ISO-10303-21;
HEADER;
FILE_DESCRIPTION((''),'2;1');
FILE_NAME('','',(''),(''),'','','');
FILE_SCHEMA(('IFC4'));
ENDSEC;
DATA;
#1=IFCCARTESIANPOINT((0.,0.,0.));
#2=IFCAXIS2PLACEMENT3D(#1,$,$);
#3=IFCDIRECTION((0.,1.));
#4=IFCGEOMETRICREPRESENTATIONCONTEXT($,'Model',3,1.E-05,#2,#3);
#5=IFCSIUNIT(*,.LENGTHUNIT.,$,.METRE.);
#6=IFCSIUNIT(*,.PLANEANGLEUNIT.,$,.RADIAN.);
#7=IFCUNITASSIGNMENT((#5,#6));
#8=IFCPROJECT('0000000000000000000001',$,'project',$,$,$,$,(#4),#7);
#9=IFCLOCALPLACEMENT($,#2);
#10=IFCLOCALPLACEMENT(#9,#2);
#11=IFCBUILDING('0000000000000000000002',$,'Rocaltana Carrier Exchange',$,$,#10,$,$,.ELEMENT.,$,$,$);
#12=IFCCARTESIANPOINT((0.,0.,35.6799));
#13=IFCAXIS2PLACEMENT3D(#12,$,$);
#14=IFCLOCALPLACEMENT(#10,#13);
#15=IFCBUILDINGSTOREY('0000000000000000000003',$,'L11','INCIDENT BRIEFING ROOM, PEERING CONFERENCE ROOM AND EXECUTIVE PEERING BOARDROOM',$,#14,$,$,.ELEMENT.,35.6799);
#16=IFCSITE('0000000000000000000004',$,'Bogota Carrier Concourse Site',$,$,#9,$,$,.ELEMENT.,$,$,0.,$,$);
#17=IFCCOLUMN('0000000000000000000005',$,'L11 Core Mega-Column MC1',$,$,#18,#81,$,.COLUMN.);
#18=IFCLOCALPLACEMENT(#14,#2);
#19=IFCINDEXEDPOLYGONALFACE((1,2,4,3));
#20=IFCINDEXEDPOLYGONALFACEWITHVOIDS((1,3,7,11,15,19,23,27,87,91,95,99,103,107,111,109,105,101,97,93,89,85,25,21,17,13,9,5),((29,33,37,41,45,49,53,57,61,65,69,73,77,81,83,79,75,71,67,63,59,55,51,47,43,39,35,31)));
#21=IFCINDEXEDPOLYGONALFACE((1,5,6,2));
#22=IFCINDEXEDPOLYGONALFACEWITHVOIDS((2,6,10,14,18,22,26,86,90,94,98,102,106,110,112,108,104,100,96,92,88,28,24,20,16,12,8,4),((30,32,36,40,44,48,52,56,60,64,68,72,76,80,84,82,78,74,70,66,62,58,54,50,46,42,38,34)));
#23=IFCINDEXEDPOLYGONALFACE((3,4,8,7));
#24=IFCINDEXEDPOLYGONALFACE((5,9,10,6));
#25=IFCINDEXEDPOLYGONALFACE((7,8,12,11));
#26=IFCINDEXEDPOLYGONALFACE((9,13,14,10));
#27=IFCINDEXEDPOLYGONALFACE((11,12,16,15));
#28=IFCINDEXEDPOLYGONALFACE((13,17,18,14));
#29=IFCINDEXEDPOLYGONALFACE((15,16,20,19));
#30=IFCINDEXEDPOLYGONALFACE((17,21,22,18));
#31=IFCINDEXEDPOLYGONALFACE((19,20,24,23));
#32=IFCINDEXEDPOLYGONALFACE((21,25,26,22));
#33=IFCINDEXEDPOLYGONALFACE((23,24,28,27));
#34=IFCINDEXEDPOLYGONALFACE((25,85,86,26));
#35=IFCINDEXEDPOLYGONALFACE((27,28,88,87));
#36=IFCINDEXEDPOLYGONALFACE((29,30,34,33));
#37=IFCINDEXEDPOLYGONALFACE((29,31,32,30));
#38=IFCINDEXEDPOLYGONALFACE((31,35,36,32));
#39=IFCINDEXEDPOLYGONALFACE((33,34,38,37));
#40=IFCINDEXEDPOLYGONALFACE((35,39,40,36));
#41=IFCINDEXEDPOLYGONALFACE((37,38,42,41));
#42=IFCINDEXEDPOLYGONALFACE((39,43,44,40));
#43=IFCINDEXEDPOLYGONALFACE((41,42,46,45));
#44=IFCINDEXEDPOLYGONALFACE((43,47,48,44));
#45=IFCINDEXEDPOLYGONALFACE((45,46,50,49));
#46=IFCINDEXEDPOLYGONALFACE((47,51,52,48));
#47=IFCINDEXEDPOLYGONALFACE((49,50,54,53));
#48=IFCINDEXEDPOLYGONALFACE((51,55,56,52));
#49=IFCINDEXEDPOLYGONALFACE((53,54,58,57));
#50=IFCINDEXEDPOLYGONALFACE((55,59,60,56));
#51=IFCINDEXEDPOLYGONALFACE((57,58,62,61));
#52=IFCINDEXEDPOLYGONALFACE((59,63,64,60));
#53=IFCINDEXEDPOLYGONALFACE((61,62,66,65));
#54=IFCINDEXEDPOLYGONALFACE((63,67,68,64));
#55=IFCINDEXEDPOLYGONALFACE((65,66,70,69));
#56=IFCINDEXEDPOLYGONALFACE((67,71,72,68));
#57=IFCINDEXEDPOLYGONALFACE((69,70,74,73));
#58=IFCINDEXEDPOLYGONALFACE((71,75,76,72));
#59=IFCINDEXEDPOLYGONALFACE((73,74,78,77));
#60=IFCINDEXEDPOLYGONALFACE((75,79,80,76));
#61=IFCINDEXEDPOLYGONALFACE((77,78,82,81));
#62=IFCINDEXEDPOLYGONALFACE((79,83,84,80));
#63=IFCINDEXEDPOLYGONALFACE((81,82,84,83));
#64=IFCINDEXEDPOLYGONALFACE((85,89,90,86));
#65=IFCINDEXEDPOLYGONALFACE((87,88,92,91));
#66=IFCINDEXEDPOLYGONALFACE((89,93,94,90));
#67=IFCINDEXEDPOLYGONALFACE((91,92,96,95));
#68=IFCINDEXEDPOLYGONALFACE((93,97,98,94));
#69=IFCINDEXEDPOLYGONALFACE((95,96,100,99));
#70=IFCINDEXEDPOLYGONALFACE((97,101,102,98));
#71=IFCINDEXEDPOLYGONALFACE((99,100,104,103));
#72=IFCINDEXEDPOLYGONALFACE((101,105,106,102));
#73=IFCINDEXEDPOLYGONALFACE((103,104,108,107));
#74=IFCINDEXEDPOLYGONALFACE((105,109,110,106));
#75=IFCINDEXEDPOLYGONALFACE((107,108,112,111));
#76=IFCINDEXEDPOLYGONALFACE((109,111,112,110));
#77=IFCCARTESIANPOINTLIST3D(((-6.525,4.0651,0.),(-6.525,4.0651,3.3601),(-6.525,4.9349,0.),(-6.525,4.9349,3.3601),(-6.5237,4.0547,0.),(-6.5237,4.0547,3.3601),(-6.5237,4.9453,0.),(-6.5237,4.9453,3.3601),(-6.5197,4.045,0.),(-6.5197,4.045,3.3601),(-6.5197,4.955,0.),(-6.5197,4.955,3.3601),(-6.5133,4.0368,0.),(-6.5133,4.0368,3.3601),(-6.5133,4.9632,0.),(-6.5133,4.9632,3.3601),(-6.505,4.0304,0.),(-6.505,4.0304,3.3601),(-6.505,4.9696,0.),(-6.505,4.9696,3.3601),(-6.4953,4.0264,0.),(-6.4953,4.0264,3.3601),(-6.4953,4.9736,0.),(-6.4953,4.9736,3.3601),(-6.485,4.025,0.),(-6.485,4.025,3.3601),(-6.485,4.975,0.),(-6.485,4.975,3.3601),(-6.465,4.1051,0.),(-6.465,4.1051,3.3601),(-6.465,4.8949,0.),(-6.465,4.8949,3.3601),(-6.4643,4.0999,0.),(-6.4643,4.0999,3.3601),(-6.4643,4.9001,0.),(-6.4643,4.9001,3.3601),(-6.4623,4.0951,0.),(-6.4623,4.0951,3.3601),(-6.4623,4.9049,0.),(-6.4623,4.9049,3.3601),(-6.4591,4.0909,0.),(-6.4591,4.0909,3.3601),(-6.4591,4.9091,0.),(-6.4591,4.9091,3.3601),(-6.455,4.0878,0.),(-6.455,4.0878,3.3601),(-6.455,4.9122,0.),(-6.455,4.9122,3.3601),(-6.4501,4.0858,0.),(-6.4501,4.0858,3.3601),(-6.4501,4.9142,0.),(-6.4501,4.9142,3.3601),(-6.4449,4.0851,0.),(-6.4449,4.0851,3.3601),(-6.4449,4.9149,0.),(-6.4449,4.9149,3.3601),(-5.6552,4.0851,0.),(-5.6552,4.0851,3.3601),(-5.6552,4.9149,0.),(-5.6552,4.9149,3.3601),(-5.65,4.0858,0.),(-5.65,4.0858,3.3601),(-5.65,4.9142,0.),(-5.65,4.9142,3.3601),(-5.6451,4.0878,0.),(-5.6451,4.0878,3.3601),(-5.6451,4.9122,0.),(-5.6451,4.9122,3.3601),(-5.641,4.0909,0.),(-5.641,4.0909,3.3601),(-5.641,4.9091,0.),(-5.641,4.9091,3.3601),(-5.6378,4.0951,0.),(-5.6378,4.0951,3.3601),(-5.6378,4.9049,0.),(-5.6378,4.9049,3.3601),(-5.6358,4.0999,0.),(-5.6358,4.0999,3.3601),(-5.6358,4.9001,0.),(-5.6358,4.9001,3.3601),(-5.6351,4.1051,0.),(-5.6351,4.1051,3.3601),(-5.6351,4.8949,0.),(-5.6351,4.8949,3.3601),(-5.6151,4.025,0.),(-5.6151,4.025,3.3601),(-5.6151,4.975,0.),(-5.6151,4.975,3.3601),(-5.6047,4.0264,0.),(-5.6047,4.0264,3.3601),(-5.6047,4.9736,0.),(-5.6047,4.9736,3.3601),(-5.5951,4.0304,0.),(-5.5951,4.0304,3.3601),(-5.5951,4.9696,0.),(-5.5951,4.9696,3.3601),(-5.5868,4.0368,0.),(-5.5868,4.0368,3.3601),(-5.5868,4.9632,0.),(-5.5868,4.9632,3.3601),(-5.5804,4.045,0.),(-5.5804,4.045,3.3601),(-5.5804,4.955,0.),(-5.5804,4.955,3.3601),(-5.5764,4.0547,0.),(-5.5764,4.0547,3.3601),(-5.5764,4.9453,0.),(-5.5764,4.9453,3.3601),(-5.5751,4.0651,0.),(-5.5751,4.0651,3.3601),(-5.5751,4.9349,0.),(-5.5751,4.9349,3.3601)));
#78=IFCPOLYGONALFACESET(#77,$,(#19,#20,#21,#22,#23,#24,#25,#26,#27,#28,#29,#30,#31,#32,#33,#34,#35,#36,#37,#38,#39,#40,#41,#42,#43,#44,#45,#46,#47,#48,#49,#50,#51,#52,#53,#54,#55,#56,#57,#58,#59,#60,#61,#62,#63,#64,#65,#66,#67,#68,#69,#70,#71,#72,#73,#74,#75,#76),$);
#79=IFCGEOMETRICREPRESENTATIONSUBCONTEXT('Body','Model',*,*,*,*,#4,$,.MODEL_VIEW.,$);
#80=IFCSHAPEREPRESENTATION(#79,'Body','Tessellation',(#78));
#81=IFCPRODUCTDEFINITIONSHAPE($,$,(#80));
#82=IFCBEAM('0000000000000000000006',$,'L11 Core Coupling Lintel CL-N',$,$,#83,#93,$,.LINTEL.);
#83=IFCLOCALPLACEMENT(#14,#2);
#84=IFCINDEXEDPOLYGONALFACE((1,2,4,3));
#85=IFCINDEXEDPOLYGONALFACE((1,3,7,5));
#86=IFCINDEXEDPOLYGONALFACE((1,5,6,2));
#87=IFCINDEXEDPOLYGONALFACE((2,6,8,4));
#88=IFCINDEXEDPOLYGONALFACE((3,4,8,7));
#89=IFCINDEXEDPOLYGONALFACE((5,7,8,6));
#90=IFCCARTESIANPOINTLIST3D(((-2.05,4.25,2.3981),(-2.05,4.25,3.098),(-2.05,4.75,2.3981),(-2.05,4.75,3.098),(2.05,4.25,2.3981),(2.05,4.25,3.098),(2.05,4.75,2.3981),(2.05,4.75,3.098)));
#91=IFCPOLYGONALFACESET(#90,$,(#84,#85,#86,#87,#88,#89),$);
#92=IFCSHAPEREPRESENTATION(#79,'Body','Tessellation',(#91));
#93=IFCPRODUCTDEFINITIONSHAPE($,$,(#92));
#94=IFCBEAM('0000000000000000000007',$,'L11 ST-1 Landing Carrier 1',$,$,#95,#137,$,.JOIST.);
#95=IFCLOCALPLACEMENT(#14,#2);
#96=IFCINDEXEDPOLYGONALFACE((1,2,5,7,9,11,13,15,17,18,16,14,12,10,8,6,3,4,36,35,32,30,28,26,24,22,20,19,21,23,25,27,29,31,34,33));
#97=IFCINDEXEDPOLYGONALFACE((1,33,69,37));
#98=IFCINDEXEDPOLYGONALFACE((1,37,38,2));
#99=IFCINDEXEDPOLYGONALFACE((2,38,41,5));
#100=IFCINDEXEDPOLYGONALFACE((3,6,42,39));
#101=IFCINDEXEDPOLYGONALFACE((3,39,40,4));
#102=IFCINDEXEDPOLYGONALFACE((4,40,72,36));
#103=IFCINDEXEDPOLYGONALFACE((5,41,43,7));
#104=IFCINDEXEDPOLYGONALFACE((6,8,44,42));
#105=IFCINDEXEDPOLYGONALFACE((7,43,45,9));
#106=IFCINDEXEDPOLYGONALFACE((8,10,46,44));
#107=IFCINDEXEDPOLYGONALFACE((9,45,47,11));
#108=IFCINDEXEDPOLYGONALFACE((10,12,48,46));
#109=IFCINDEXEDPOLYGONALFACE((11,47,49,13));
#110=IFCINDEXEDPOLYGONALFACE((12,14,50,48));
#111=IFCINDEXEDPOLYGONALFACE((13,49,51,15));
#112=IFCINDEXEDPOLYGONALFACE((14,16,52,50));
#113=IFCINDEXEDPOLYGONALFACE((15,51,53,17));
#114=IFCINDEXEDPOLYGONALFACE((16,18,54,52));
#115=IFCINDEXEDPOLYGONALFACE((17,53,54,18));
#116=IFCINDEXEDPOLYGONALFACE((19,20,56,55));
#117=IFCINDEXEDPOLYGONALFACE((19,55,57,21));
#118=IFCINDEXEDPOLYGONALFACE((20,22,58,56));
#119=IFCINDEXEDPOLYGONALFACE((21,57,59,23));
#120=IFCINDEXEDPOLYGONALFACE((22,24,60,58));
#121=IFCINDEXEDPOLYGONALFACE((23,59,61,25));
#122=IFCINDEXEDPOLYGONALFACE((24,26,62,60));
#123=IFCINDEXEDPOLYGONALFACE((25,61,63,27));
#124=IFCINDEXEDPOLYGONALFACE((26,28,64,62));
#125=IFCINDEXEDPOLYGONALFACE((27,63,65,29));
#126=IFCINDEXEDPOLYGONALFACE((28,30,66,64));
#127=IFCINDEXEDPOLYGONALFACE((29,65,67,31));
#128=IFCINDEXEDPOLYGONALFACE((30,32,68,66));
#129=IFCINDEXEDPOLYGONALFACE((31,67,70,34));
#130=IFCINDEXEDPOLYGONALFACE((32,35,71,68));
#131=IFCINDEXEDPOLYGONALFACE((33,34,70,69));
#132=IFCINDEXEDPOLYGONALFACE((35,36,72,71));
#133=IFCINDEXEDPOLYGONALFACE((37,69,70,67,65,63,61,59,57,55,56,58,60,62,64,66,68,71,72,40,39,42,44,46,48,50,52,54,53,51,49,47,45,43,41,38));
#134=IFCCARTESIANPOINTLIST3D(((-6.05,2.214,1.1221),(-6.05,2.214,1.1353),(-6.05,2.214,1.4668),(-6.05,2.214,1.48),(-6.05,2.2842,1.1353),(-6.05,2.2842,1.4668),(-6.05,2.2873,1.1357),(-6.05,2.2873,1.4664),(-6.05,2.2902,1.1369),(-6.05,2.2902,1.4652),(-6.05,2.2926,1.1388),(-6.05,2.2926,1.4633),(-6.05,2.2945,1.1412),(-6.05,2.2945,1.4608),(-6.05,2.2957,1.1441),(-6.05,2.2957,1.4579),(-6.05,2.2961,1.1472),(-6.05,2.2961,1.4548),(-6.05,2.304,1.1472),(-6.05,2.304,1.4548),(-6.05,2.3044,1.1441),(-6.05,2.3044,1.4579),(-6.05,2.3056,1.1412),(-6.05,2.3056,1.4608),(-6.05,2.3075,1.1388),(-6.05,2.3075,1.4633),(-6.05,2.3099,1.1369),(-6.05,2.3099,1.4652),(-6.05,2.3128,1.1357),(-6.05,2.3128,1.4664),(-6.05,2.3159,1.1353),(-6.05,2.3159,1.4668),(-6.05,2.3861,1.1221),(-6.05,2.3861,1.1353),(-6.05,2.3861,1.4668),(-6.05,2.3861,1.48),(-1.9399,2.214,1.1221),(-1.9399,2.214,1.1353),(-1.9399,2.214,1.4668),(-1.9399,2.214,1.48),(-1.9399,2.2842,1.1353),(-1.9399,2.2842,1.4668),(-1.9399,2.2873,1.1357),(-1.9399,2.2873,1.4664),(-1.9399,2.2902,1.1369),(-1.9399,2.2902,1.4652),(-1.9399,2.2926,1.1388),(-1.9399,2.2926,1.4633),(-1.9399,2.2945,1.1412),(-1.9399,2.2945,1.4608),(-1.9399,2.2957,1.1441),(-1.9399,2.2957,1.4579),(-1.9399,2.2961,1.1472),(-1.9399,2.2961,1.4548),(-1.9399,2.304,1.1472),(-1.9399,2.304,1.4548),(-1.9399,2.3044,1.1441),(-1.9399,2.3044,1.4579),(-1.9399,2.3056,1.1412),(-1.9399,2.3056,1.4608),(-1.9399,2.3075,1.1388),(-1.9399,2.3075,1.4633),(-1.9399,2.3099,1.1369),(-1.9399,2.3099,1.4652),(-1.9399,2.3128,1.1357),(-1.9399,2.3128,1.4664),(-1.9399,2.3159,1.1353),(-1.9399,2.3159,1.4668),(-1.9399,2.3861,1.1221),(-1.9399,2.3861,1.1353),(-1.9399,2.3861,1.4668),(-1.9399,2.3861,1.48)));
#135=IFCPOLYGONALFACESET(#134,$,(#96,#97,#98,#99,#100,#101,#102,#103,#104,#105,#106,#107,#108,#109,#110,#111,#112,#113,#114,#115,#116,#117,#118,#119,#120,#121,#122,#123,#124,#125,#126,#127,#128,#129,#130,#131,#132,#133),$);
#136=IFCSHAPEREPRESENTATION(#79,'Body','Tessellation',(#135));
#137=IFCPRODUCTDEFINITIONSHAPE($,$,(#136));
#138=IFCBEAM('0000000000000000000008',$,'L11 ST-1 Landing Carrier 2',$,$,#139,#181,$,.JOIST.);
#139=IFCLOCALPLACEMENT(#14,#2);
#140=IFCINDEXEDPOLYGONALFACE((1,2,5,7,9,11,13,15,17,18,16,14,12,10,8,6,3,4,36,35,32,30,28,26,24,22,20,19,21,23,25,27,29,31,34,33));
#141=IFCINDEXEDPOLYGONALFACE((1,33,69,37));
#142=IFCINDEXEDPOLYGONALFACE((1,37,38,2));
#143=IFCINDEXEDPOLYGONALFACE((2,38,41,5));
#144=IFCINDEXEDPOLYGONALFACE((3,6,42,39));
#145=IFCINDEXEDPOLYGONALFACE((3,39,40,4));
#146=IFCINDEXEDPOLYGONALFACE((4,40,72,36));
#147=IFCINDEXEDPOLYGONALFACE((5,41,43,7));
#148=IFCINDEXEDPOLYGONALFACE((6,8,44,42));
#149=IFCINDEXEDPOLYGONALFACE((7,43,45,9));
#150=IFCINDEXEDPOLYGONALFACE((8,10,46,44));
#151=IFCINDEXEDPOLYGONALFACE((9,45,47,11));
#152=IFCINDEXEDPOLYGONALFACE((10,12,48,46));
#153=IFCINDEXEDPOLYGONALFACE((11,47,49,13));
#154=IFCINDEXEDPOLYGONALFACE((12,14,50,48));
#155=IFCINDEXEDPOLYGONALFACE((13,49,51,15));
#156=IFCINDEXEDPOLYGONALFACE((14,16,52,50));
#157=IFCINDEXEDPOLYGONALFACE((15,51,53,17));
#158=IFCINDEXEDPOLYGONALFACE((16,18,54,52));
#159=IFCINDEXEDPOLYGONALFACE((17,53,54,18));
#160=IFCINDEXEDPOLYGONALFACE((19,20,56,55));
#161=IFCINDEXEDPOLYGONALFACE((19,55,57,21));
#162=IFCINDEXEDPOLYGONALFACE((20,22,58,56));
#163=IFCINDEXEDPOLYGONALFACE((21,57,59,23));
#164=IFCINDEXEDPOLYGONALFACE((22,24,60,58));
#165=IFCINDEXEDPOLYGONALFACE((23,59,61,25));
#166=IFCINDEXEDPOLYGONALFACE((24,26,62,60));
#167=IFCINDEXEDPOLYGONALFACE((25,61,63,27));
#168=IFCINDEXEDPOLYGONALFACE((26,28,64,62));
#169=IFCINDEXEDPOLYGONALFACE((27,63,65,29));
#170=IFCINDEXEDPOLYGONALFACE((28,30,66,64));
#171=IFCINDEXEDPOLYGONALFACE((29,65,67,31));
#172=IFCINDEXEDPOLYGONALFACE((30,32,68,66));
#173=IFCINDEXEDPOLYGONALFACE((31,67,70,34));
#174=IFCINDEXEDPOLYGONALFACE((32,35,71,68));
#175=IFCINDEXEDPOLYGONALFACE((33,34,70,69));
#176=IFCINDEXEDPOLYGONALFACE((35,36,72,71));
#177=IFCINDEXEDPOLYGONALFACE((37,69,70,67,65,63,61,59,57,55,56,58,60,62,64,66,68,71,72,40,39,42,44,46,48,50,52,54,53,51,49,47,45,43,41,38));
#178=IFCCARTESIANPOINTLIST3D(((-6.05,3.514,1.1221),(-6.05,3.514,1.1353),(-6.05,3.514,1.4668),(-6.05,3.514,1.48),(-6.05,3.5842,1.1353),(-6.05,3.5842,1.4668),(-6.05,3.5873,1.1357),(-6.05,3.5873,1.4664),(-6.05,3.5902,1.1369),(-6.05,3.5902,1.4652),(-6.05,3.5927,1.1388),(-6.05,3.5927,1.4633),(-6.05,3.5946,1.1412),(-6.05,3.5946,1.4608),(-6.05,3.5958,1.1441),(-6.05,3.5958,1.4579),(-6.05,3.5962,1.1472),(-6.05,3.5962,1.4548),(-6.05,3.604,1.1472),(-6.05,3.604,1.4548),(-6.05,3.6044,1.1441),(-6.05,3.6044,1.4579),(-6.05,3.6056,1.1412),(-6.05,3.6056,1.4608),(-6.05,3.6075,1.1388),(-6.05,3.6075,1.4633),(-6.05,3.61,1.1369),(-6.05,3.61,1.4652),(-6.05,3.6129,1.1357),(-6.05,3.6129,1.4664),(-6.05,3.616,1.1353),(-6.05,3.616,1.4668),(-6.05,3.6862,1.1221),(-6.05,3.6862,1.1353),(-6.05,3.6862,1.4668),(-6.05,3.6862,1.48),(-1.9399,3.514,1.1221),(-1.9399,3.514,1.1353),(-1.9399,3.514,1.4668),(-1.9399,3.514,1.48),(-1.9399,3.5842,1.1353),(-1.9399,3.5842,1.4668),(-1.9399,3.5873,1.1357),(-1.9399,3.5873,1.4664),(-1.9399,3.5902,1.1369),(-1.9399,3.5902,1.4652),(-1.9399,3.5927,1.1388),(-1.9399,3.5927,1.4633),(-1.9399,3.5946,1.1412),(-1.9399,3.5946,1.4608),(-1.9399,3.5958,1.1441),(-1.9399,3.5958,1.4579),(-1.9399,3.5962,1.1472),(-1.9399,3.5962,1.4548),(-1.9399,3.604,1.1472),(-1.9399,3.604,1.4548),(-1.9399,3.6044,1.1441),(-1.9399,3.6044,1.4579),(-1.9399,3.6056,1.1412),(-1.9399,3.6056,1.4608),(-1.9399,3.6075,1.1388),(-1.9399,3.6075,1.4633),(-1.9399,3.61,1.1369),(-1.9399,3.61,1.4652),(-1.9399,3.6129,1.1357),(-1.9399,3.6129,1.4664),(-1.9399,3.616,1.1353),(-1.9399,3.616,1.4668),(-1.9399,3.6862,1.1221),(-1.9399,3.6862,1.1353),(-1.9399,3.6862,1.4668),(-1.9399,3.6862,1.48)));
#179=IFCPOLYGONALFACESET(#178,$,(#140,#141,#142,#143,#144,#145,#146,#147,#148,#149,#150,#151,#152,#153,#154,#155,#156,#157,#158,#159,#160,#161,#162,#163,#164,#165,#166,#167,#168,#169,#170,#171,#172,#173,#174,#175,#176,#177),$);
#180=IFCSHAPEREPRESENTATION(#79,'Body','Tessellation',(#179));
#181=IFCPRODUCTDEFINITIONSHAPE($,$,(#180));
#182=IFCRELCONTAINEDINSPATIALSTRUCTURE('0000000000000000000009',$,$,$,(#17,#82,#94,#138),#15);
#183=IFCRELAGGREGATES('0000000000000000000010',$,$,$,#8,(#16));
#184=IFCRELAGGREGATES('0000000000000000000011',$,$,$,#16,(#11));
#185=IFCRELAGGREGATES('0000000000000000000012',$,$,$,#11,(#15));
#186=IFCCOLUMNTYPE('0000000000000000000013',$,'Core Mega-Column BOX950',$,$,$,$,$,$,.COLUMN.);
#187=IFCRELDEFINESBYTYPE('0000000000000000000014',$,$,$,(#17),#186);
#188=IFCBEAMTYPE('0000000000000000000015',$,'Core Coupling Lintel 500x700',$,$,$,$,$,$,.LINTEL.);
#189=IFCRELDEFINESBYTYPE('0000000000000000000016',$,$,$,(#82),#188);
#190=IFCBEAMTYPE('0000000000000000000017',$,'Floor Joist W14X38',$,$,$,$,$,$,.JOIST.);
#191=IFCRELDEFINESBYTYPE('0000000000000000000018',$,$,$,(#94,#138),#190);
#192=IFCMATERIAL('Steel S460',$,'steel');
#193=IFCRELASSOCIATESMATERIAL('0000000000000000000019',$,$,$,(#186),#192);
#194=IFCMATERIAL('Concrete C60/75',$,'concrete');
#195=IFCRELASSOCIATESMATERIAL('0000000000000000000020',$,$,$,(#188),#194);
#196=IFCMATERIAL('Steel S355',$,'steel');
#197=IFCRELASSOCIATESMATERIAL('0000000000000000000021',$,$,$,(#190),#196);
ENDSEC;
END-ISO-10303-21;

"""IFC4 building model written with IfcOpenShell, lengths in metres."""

from ifc_helpers import new_model, si_unit, direction, frame, origin, origin_2d, place, context, subcontext, project, spatial, rectangle, hollow_rectangle, i_section, extrude, material, material_profile, profile_set, type_object, element, save


model = new_model("IFC4")

# Units and contexts
model_context = context("Model", 3, precision=1e-05, world=origin(), true_north=direction((0.0, 1.0)))
body_context = subcontext(model_context, "Body", "Model", "MODEL_VIEW")
ifc_project = project(units=[si_unit("LENGTHUNIT", "METRE"), si_unit("PLANEANGLEUNIT", "RADIAN")], contexts=[model_context])

# Site, building, storey
site_placement = place(None, origin())
site = spatial("IfcSite", under=ifc_project, at=site_placement, Name="Bogota Carrier Concourse Site", CompositionType="ELEMENT", RefElevation=0.0)
building_placement = place(site_placement, origin())
building = spatial("IfcBuilding", under=site, at=building_placement, Name="Rocaltana Carrier Exchange", CompositionType="ELEMENT")
storey_placement = place(building_placement, frame((0.0, 0.0, 35.6799)))
storey = spatial("IfcBuildingStorey", under=building, at=storey_placement, Name="L11", Description="INCIDENT BRIEFING ROOM, PEERING CONFERENCE ROOM AND EXECUTIVE PEERING BOARDROOM", CompositionType="ELEMENT", Elevation=35.6799)

# Column
ifc_material_1 = material(Name="Steel S460", Category="steel")
ifc_material_profile_1 = material_profile(ifc_material_1, hollow_rectangle(XDim=0.95, YDim=0.95, WallThickness=0.0601, InnerFilletRadius=0.02, OuterFilletRadius=0.04, at=origin_2d()), Name="BOX950X950X60")
ifc_profile_set_1 = profile_set([ifc_material_profile_1], Name="Steel S460")
column_type = type_object("IfcColumnType", Name="Core Mega-Column BOX950", PredefinedType="COLUMN", material=ifc_profile_set_1)
column_placement = place(storey_placement, frame((-6.05, 4.5, 0.0), z_axis=(0.0, 0.0, 1.0), x_axis=(1.0, 0.0, 0.0)))
element("IfcColumn", 1, at=column_placement, inside=storey, type_object=column_type, Name="L11 Core Mega-Column MC1", PredefinedType="COLUMN", context=body_context, shape_type="SweptSolid", body=[
    extrude(hollow_rectangle(XDim=0.95, YDim=0.95, WallThickness=0.0601, InnerFilletRadius=0.02, OuterFilletRadius=0.04, at=origin_2d()), origin(), (0.0, 0.0, 1.0), 3.3601),
])

# Beams
ifc_material_2 = material(Name="Concrete C60/75", Category="concrete")
ifc_material_profile_2 = material_profile(ifc_material_2, rectangle(XDim=0.5, YDim=0.7, at=origin_2d()), Name="RC-BM-500X700")
ifc_profile_set_2 = profile_set([ifc_material_profile_2], Name="Concrete C60/75")
beam_type_1 = type_object("IfcBeamType", Name="Core Coupling Lintel 500x700", PredefinedType="LINTEL", material=ifc_profile_set_2)
beam_1_placement = place(storey_placement, frame((-2.05, 4.5, 2.748), z_axis=(1.0, 0.0, 0.0), x_axis=(0.0, 1.0, 0.0)))
element("IfcBeam", 2, at=beam_1_placement, inside=storey, type_object=beam_type_1, Name="L11 Core Coupling Lintel CL-N", PredefinedType="LINTEL", context=body_context, shape_type="SweptSolid", body=[
    extrude(rectangle(XDim=0.5, YDim=0.7, at=origin_2d()), origin(), (0.0, 0.0, 1.0), 4.1001),
])
ifc_material_3 = material(Name="Steel S355", Category="steel")
ifc_material_profile_3 = material_profile(ifc_material_3, i_section(OverallWidth=0.1721, OverallDepth=0.3579, WebThickness=0.0078, FlangeThickness=0.0132, FilletRadius=0.012, at=origin_2d()), Name="W14X38")
ifc_profile_set_3 = profile_set([ifc_material_profile_3], Name="Steel S355")
beam_type_2 = type_object("IfcBeamType", Name="Floor Joist W14X38", PredefinedType="JOIST", material=ifc_profile_set_3)
for number, where, z_axis, x_axis, name in (
    (3, (-6.05, 2.3, 1.301), (1.0, 0.0, 0.0), (0.0, 1.0, 0.0), "L11 ST-1 Landing Carrier 1"),
    (4, (-6.05, 3.6001, 1.301), (1.0, 0.0, 0.0), (0.0, 1.0, 0.0), "L11 ST-1 Landing Carrier 2"),
):
    element("IfcBeam", number, at=place(storey_placement, frame(where, z_axis=z_axis, x_axis=x_axis)), inside=storey, type_object=beam_type_2, Name=name, PredefinedType="JOIST", context=body_context, shape_type="SweptSolid", body=[
        extrude(i_section(OverallWidth=0.1721, OverallDepth=0.3579, WebThickness=0.0078, FlangeThickness=0.0132, FilletRadius=0.012, at=origin_2d()), origin(), (0.0, 0.0, 1.0), 4.1101),
    ])

save(model, "model.ifc")
